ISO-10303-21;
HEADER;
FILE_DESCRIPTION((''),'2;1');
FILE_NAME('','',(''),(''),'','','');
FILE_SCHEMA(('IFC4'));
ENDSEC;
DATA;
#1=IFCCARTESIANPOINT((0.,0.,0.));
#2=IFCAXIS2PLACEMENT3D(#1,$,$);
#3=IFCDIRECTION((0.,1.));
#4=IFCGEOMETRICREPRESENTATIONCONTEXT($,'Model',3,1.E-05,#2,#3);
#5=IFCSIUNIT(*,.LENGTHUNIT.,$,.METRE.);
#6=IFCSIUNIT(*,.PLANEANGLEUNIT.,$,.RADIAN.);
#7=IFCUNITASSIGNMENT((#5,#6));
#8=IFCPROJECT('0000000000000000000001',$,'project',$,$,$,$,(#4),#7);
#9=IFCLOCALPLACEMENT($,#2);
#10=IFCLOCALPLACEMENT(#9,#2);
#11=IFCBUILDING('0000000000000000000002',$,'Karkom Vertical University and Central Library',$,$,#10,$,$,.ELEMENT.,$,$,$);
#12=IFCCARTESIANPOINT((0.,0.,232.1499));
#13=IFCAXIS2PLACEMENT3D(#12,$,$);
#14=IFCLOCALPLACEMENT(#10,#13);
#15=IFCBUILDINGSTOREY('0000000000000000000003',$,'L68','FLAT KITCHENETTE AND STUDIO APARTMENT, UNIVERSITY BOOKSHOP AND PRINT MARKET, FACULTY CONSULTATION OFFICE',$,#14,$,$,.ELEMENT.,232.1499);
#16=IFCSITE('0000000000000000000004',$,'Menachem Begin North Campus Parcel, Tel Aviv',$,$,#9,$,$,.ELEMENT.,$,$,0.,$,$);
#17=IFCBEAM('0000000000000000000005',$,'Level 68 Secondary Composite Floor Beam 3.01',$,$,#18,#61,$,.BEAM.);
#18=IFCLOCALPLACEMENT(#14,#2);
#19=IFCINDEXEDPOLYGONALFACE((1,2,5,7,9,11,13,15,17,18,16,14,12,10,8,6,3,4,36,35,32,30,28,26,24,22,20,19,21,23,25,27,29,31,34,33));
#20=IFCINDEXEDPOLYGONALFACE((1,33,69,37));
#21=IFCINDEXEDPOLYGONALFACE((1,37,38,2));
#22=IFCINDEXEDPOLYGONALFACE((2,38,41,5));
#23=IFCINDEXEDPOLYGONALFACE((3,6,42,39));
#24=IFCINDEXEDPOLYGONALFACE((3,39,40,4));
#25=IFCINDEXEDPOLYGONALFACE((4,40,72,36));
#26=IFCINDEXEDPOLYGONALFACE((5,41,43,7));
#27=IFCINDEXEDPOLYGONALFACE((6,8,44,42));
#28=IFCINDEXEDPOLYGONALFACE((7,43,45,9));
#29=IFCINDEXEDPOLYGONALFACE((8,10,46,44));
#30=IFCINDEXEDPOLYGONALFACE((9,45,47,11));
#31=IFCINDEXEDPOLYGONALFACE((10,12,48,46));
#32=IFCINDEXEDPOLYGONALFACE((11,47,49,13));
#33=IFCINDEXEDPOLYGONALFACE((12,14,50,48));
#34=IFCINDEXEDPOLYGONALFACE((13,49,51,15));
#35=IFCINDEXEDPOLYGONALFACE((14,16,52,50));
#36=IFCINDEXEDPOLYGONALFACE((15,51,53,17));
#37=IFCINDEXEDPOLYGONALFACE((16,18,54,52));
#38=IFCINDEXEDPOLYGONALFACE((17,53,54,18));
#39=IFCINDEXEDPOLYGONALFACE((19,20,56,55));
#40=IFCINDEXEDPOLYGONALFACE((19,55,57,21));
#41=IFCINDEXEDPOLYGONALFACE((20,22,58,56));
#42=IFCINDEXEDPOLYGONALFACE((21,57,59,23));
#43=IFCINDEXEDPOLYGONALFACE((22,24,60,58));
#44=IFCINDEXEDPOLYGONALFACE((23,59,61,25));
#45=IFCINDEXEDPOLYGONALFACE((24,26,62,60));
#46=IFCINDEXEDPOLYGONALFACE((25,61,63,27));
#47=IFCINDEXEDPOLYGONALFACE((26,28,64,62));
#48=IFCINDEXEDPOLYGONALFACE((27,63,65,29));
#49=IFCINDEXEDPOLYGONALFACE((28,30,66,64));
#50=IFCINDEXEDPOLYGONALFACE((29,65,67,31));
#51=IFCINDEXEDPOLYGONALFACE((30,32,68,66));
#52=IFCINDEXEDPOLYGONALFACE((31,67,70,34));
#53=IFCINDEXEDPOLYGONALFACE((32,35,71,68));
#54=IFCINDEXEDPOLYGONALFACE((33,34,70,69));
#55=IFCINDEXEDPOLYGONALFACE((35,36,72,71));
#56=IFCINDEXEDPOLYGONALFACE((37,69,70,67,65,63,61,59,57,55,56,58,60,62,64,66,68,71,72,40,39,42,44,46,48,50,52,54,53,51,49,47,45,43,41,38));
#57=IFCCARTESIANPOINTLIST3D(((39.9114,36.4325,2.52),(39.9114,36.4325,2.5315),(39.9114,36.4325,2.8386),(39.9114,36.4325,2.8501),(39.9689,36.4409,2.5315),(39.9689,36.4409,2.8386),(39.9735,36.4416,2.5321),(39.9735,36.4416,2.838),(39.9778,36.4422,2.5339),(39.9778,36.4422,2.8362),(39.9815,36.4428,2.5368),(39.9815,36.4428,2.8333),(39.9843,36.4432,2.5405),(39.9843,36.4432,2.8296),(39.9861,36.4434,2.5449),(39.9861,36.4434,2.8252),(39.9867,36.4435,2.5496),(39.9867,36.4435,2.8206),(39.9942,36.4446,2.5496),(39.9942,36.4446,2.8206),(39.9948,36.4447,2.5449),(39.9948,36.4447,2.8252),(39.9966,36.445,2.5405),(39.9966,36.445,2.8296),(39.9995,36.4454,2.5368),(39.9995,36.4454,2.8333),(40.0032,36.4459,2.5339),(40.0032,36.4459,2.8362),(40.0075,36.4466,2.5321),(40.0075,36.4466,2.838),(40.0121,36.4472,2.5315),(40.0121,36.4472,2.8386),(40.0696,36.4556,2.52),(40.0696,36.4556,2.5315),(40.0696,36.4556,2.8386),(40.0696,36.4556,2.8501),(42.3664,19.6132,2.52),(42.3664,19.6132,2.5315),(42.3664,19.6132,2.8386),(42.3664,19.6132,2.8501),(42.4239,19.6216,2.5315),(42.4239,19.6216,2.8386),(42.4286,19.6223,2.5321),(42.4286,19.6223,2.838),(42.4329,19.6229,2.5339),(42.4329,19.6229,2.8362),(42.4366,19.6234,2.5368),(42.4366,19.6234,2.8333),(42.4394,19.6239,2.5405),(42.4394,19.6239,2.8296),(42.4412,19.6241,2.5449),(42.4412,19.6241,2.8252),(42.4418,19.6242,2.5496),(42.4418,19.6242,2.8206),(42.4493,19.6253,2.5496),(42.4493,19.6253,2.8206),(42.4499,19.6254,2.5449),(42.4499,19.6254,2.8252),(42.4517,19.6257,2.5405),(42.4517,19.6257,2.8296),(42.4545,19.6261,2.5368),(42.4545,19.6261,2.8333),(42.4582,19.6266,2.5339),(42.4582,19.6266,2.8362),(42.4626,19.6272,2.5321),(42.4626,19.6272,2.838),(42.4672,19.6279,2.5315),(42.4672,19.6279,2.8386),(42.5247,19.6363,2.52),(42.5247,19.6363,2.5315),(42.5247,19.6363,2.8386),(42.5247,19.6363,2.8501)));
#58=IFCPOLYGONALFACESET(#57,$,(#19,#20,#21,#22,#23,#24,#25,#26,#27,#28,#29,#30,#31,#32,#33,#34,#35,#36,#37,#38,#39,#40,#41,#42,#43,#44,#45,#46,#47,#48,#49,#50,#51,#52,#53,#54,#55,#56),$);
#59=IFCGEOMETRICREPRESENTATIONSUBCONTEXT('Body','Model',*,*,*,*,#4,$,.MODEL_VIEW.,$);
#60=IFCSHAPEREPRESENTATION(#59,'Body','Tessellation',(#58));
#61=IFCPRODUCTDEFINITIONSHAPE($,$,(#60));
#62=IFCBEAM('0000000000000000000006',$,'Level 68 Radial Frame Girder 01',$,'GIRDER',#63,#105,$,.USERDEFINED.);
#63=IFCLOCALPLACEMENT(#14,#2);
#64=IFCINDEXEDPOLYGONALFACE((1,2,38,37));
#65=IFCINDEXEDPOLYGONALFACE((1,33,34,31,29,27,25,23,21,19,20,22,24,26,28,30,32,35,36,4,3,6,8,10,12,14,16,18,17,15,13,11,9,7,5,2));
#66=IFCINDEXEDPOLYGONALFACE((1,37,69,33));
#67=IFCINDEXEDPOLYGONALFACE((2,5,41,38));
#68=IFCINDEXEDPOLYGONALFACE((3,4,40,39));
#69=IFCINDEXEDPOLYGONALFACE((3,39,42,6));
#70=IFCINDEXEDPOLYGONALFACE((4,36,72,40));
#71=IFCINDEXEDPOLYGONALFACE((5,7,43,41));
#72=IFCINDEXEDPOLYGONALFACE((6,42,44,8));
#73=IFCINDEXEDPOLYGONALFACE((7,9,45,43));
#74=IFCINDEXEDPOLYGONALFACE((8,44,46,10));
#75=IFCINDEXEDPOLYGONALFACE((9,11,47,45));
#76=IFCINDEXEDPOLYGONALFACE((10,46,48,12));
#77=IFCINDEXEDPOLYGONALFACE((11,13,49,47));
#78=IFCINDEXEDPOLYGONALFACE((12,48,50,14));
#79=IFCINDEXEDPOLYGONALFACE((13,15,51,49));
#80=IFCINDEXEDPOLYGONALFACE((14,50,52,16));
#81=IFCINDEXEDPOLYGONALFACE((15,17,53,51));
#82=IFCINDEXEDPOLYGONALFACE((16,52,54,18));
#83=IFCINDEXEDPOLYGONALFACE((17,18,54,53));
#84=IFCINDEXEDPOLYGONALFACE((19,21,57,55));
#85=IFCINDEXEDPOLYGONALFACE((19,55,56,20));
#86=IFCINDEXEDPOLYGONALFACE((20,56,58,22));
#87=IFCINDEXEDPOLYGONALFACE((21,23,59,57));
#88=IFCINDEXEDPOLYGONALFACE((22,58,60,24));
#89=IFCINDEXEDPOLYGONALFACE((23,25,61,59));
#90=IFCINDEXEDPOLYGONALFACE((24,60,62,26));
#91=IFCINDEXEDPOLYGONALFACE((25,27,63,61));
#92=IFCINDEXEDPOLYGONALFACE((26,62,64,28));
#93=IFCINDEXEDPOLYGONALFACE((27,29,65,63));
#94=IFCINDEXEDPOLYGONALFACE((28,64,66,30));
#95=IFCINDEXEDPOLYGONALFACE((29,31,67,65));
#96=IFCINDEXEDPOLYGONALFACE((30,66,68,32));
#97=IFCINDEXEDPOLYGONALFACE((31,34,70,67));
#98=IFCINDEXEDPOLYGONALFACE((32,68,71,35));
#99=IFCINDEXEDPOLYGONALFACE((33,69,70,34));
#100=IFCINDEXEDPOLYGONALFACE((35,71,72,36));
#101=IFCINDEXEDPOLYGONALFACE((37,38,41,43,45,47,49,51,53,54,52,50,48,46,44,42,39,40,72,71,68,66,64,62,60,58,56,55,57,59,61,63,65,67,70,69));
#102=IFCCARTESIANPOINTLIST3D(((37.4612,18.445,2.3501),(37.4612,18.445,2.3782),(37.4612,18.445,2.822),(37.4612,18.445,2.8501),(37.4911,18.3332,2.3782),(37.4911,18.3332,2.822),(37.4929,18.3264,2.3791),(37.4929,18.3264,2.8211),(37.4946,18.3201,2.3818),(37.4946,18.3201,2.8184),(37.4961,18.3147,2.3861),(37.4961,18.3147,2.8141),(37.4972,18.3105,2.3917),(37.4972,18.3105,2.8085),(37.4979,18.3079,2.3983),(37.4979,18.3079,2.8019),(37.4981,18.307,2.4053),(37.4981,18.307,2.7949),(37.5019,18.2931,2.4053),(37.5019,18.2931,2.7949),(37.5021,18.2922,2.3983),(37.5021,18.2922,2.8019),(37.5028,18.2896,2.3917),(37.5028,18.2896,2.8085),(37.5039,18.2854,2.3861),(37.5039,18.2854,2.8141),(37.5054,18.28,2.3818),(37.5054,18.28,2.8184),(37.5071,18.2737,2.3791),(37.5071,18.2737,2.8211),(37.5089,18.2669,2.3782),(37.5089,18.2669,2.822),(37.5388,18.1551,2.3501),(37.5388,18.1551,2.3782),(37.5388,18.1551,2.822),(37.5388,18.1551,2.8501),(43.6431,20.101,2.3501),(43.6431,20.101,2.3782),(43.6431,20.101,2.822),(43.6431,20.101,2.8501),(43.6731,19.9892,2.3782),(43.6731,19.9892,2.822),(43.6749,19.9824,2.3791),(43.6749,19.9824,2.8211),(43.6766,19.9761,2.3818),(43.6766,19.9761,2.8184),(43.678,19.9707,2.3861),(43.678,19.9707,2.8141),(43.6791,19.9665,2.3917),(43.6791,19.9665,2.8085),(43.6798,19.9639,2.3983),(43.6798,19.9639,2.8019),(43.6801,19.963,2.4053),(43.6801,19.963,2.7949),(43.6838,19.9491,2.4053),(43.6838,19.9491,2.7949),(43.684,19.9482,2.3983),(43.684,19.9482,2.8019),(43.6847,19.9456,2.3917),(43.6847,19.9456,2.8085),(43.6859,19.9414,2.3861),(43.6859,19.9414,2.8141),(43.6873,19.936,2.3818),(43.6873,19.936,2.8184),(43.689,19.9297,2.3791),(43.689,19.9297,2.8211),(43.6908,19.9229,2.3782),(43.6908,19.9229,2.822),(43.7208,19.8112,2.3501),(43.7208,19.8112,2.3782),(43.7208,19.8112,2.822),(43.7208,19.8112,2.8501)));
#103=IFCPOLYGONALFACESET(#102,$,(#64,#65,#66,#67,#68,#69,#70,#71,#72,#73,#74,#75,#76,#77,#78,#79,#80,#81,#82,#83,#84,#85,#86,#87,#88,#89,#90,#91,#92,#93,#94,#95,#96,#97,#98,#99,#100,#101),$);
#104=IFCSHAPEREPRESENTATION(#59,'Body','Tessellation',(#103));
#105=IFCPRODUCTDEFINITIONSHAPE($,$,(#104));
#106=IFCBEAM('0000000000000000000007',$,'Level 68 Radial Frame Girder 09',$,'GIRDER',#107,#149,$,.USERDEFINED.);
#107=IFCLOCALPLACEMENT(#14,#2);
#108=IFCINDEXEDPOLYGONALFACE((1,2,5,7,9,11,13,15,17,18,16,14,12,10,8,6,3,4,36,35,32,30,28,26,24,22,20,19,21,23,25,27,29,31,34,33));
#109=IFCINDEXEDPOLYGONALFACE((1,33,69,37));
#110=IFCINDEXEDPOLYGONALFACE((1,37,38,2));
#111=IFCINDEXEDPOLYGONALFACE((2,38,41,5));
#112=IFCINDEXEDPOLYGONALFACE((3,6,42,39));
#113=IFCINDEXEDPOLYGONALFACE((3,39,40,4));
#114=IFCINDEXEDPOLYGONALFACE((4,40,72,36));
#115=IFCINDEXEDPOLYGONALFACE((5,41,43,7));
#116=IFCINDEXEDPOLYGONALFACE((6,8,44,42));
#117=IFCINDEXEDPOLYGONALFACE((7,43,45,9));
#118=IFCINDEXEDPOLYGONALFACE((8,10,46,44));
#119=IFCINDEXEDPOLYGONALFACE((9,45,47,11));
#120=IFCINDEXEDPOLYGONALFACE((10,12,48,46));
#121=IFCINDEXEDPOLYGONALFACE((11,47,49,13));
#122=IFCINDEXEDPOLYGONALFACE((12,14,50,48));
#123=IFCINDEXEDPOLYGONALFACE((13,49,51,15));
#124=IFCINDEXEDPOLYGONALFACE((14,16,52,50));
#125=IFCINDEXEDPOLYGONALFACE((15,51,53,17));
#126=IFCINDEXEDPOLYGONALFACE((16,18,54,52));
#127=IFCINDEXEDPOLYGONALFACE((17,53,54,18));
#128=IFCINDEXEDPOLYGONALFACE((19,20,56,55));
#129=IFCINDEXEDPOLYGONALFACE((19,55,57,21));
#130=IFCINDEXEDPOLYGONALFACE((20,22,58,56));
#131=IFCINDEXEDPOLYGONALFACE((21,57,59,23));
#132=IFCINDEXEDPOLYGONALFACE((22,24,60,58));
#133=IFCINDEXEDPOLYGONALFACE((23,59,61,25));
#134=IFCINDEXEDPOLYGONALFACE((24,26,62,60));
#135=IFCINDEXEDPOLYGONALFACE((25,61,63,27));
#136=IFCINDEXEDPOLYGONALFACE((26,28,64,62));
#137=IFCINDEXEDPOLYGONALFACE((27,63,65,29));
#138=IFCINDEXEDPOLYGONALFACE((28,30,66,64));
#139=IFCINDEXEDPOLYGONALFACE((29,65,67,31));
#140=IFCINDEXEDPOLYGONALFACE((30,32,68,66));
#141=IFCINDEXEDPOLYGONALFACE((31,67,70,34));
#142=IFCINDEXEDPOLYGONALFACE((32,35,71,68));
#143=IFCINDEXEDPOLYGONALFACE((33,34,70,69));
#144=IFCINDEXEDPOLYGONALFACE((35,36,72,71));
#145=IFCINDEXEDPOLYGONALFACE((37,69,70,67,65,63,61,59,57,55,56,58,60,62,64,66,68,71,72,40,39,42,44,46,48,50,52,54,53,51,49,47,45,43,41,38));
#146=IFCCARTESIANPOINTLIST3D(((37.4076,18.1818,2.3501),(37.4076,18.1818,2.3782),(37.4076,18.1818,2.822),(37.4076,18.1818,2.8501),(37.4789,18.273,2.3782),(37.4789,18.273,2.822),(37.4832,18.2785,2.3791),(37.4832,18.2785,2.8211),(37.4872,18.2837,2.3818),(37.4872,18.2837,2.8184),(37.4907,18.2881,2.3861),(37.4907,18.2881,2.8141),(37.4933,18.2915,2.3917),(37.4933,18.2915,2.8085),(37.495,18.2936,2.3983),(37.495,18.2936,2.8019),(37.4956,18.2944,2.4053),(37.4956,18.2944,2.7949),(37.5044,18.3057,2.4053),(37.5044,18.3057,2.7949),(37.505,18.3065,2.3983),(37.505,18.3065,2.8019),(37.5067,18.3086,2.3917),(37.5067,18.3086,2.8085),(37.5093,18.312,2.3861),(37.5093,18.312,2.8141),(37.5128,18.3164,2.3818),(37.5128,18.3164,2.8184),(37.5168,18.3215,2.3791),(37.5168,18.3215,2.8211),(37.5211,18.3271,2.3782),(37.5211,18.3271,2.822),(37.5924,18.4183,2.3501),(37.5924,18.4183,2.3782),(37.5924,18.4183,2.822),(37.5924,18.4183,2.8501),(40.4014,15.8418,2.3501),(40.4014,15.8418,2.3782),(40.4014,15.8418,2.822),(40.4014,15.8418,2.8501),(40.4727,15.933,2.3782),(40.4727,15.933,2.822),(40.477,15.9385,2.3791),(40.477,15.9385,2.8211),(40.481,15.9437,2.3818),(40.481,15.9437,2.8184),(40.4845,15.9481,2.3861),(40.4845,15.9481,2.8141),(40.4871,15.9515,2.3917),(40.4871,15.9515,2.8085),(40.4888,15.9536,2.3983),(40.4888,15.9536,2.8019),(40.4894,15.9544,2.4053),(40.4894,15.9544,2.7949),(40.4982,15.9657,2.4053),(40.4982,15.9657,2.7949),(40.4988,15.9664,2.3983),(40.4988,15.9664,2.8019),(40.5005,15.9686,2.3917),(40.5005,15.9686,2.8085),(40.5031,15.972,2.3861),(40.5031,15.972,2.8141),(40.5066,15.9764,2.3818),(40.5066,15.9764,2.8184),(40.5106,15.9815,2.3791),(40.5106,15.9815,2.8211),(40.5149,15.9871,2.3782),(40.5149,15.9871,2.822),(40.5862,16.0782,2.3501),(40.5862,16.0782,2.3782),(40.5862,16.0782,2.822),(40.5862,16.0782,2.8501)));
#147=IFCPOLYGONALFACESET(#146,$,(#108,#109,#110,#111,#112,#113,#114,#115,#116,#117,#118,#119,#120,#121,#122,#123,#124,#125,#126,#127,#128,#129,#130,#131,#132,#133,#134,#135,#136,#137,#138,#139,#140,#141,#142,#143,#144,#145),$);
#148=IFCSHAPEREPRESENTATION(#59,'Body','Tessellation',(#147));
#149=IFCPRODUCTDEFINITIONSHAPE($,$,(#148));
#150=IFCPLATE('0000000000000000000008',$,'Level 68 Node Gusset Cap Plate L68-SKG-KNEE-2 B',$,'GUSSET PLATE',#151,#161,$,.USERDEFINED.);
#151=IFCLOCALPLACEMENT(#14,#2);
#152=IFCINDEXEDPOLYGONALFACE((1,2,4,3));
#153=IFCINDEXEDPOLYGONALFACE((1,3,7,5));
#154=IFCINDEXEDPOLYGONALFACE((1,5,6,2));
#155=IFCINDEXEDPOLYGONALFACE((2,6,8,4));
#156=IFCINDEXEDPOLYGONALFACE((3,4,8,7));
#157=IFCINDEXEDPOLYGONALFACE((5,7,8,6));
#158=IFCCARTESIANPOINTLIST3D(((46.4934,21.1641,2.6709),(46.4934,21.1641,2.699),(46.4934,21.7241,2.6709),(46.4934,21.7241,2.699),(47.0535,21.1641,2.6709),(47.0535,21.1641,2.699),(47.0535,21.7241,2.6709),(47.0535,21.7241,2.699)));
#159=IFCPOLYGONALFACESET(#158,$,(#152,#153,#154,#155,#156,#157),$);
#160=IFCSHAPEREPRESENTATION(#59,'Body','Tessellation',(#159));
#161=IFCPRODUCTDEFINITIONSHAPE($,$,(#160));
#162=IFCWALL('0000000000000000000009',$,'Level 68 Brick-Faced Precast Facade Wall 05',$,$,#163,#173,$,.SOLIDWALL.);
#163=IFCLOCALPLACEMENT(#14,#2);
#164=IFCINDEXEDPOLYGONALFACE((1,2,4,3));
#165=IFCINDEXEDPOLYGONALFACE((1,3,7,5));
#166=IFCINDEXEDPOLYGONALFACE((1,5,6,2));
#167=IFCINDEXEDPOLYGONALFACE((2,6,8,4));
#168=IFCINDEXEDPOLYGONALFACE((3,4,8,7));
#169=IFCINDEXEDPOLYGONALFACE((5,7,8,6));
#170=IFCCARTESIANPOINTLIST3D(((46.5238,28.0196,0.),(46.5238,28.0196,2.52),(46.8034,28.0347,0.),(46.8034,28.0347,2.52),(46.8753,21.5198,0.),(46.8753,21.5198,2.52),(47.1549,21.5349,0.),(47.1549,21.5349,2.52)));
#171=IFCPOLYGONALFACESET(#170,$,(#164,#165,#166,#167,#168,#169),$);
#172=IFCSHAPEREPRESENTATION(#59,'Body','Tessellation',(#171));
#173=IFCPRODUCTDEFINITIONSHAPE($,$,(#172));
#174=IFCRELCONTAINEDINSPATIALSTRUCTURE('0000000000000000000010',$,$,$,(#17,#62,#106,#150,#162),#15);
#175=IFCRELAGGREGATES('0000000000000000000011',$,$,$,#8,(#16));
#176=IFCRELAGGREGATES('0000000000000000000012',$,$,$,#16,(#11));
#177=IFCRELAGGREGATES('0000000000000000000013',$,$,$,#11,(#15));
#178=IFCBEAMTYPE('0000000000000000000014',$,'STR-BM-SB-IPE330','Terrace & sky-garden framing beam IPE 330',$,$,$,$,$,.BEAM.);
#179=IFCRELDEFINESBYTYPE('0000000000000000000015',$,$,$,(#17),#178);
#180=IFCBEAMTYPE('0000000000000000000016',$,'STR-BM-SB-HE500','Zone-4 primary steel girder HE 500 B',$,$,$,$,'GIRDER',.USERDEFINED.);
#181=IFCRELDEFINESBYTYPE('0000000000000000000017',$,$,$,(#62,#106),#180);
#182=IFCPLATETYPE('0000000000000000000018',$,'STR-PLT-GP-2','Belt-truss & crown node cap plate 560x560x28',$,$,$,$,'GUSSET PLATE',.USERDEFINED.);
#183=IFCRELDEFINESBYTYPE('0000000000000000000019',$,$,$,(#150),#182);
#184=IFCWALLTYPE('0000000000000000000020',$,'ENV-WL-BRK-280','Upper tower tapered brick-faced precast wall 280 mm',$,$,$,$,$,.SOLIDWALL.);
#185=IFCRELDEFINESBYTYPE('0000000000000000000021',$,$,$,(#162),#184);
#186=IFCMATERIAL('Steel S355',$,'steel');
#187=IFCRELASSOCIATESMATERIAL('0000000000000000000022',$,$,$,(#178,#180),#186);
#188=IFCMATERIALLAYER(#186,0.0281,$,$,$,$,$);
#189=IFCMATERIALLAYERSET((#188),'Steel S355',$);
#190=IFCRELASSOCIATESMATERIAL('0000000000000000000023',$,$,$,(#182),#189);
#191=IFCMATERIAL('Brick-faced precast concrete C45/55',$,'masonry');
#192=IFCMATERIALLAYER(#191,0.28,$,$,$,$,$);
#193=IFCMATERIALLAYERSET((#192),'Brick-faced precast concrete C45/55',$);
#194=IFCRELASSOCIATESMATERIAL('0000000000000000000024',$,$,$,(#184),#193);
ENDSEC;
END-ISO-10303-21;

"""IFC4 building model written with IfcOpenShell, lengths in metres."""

from ifc_helpers import new_model, si_unit, direction, frame, frame_2d, origin, origin_with_axes, origin_2d, place, context, subcontext, project, spatial, rectangle, i_section, extrude, source, transform, mapped, material, layer, layer_set, material_profile, profile_set, type_object, element, save


model = new_model("IFC4")

# Units and contexts
model_context = context("Model", 3, precision=1e-05, world=origin(), true_north=direction((0.0, 1.0)))
body_context = subcontext(model_context, "Body", "Model", "MODEL_VIEW")
ifc_project = project(units=[si_unit("LENGTHUNIT", "METRE"), si_unit("PLANEANGLEUNIT", "RADIAN")], contexts=[model_context])

# Site, building, storey
site_placement = place(None, origin())
site = spatial("IfcSite", under=ifc_project, at=site_placement, Name="Menachem Begin North Campus Parcel, Tel Aviv", CompositionType="ELEMENT", RefElevation=0.0)
building_placement = place(site_placement, origin())
building = spatial("IfcBuilding", under=site, at=building_placement, Name="Karkom Vertical University and Central Library", CompositionType="ELEMENT")
storey_placement = place(building_placement, frame((0.0, 0.0, 232.1499)))
storey = spatial("IfcBuildingStorey", under=building, at=storey_placement, Name="L68", Description="FLAT KITCHENETTE AND STUDIO APARTMENT, UNIVERSITY BOOKSHOP AND PRINT MARKET, FACULTY CONSULTATION OFFICE", CompositionType="ELEMENT", Elevation=232.1499)

# Beams
ifc_material_1 = material(Name="Steel S355", Category="steel")
ifc_material_profile_1 = material_profile(ifc_material_1, i_section(OverallWidth=0.1599, OverallDepth=0.3301, WebThickness=0.0076, FlangeThickness=0.0115, FilletRadius=0.0181, at=origin_2d()), Name="IPE 330")
ifc_profile_set_1 = profile_set([ifc_material_profile_1], Name="Steel S355")
beam_type_1 = type_object("IfcBeamType", Name="STR-BM-SB-IPE330", Description="Terrace & sky-garden framing beam IPE 330", PredefinedType="BEAM", material=ifc_profile_set_1)
shared_shape_1 = source(origin_with_axes(), body_context, "Body", "SweptSolid", [
    extrude(i_section(OverallWidth=0.1599, OverallDepth=0.3301, WebThickness=0.0076, FlangeThickness=0.0115, FilletRadius=0.0181, at=origin_2d()), origin(), (0.0, 0.0, 1.0), 16.9976),
])
beam_1_placement = place(storey_placement, frame((42.4456, 19.6248, 2.6851), z_axis=(-0.144437, 0.989514, 0.0), x_axis=(-0.989514, -0.144437, 0.0)))
element("IfcBeam", 1, at=beam_1_placement, inside=storey, type_object=beam_type_1, Name="Level 68 Secondary Composite Floor Beam 3.01", PredefinedType="BEAM", context=body_context, shape_type="MappedRepresentation", body=[
    mapped(shared_shape_1, transform((0.0, 0.0, 0.0), scale=1.0)),
])
ifc_material_profile_2 = material_profile(ifc_material_1, i_section(OverallWidth=0.3, OverallDepth=0.5, WebThickness=0.0144, FlangeThickness=0.0281, FilletRadius=0.0271, at=origin_2d()), Name="HE 500 B")
ifc_profile_set_2 = profile_set([ifc_material_profile_2], Name="Steel S355")
beam_type_2 = type_object("IfcBeamType", Name="STR-BM-SB-HE500", Description="Zone-4 primary steel girder HE 500 B", ElementType="GIRDER", PredefinedType="USERDEFINED", material=ifc_profile_set_2)
shared_shape_2 = source(origin_with_axes(), body_context, "Body", "SweptSolid", [
    extrude(i_section(OverallWidth=0.3, OverallDepth=0.5, WebThickness=0.0144, FlangeThickness=0.0281, FilletRadius=0.0271, at=origin_2d()), origin(), (0.0, 0.0, 1.0), 6.3999),
])
beam_2_placement = place(storey_placement, frame((37.5, 18.3, 2.6001), z_axis=(0.965942, 0.258757, 0.0), x_axis=(-0.258757, 0.965942, 0.0)))
element("IfcBeam", 2, at=beam_2_placement, inside=storey, type_object=beam_type_2, Name="Level 68 Radial Frame Girder 01", ObjectType="GIRDER", PredefinedType="USERDEFINED", context=body_context, shape_type="MappedRepresentation", body=[
    mapped(shared_shape_2, transform((0.0, 0.0, 0.0), scale=1.0)),
])
shared_shape_3 = source(origin_with_axes(), body_context, "Body", "SweptSolid", [
    extrude(i_section(OverallWidth=0.3, OverallDepth=0.5, WebThickness=0.0144, FlangeThickness=0.0281, FilletRadius=0.0271, at=origin_2d()), origin(), (0.0, 0.0, 1.0), 3.7998),
])
beam_3_placement = place(storey_placement, frame((37.5, 18.3, 2.6001), z_axis=(0.787883, -0.615825, 0.0), x_axis=(0.615825, 0.787883, 0.0)))
element("IfcBeam", 3, at=beam_3_placement, inside=storey, type_object=beam_type_2, Name="Level 68 Radial Frame Girder 09", ObjectType="GIRDER", PredefinedType="USERDEFINED", context=body_context, shape_type="MappedRepresentation", body=[
    mapped(shared_shape_3, transform((0.0, 0.0, 0.0), scale=1.0)),
])

# Plate
ifc_layer_1 = layer(ifc_material_1, 0.0281)
ifc_layer_set_1 = layer_set([ifc_layer_1], Name="Steel S355")
plate_type = type_object("IfcPlateType", Name="STR-PLT-GP-2", Description="Belt-truss & crown node cap plate 560x560x28", ElementType="GUSSET PLATE", PredefinedType="USERDEFINED", material=ifc_layer_set_1)
shared_shape_4 = source(origin_with_axes(), body_context, "Body", "SweptSolid", [
    extrude(rectangle(XDim=0.5601, YDim=0.5601, at=origin_2d()), origin(), (0.0, 0.0, 1.0), 0.0281),
])
plate_placement = place(storey_placement, frame((46.7734, 21.4441, 2.6709), z_axis=(0.0, 0.0, 1.0), x_axis=(1.0, 0.0, 0.0)))
element("IfcPlate", 4, at=plate_placement, inside=storey, type_object=plate_type, Name="Level 68 Node Gusset Cap Plate L68-SKG-KNEE-2 B", ObjectType="GUSSET PLATE", PredefinedType="USERDEFINED", context=body_context, shape_type="MappedRepresentation", body=[
    mapped(shared_shape_4, transform((0.0, 0.0, 0.0), scale=1.0)),
])

# Wall
ifc_material_2 = material(Name="Brick-faced precast concrete C45/55", Category="masonry")
ifc_layer_2 = layer(ifc_material_2, 0.28)
ifc_layer_set_2 = layer_set([ifc_layer_2], Name="Brick-faced precast concrete C45/55")
wall_type_1 = type_object("IfcWallType", Name="ENV-WL-BRK-280", Description="Upper tower tapered brick-faced precast wall 280 mm", PredefinedType="SOLIDWALL", material=ifc_layer_set_2)
wall_1_placement = place(storey_placement, frame((47.0151, 21.5273, 0.0), z_axis=(0.0, 0.0, 1.0), x_axis=(-0.05401, 0.99854, 0.0)))
element("IfcWall", 5, at=wall_1_placement, inside=storey, type_object=wall_type_1, Name="Level 68 Brick-Faced Precast Facade Wall 05", PredefinedType="SOLIDWALL", context=body_context, shape_type="SweptSolid", body=[
    extrude(rectangle(XDim=6.5093, YDim=0.28, at=frame_2d((3.2546, 0.0))), origin(), (0.0, 0.0, 1.0), 2.52),
])

save(model, "model.ifc")
